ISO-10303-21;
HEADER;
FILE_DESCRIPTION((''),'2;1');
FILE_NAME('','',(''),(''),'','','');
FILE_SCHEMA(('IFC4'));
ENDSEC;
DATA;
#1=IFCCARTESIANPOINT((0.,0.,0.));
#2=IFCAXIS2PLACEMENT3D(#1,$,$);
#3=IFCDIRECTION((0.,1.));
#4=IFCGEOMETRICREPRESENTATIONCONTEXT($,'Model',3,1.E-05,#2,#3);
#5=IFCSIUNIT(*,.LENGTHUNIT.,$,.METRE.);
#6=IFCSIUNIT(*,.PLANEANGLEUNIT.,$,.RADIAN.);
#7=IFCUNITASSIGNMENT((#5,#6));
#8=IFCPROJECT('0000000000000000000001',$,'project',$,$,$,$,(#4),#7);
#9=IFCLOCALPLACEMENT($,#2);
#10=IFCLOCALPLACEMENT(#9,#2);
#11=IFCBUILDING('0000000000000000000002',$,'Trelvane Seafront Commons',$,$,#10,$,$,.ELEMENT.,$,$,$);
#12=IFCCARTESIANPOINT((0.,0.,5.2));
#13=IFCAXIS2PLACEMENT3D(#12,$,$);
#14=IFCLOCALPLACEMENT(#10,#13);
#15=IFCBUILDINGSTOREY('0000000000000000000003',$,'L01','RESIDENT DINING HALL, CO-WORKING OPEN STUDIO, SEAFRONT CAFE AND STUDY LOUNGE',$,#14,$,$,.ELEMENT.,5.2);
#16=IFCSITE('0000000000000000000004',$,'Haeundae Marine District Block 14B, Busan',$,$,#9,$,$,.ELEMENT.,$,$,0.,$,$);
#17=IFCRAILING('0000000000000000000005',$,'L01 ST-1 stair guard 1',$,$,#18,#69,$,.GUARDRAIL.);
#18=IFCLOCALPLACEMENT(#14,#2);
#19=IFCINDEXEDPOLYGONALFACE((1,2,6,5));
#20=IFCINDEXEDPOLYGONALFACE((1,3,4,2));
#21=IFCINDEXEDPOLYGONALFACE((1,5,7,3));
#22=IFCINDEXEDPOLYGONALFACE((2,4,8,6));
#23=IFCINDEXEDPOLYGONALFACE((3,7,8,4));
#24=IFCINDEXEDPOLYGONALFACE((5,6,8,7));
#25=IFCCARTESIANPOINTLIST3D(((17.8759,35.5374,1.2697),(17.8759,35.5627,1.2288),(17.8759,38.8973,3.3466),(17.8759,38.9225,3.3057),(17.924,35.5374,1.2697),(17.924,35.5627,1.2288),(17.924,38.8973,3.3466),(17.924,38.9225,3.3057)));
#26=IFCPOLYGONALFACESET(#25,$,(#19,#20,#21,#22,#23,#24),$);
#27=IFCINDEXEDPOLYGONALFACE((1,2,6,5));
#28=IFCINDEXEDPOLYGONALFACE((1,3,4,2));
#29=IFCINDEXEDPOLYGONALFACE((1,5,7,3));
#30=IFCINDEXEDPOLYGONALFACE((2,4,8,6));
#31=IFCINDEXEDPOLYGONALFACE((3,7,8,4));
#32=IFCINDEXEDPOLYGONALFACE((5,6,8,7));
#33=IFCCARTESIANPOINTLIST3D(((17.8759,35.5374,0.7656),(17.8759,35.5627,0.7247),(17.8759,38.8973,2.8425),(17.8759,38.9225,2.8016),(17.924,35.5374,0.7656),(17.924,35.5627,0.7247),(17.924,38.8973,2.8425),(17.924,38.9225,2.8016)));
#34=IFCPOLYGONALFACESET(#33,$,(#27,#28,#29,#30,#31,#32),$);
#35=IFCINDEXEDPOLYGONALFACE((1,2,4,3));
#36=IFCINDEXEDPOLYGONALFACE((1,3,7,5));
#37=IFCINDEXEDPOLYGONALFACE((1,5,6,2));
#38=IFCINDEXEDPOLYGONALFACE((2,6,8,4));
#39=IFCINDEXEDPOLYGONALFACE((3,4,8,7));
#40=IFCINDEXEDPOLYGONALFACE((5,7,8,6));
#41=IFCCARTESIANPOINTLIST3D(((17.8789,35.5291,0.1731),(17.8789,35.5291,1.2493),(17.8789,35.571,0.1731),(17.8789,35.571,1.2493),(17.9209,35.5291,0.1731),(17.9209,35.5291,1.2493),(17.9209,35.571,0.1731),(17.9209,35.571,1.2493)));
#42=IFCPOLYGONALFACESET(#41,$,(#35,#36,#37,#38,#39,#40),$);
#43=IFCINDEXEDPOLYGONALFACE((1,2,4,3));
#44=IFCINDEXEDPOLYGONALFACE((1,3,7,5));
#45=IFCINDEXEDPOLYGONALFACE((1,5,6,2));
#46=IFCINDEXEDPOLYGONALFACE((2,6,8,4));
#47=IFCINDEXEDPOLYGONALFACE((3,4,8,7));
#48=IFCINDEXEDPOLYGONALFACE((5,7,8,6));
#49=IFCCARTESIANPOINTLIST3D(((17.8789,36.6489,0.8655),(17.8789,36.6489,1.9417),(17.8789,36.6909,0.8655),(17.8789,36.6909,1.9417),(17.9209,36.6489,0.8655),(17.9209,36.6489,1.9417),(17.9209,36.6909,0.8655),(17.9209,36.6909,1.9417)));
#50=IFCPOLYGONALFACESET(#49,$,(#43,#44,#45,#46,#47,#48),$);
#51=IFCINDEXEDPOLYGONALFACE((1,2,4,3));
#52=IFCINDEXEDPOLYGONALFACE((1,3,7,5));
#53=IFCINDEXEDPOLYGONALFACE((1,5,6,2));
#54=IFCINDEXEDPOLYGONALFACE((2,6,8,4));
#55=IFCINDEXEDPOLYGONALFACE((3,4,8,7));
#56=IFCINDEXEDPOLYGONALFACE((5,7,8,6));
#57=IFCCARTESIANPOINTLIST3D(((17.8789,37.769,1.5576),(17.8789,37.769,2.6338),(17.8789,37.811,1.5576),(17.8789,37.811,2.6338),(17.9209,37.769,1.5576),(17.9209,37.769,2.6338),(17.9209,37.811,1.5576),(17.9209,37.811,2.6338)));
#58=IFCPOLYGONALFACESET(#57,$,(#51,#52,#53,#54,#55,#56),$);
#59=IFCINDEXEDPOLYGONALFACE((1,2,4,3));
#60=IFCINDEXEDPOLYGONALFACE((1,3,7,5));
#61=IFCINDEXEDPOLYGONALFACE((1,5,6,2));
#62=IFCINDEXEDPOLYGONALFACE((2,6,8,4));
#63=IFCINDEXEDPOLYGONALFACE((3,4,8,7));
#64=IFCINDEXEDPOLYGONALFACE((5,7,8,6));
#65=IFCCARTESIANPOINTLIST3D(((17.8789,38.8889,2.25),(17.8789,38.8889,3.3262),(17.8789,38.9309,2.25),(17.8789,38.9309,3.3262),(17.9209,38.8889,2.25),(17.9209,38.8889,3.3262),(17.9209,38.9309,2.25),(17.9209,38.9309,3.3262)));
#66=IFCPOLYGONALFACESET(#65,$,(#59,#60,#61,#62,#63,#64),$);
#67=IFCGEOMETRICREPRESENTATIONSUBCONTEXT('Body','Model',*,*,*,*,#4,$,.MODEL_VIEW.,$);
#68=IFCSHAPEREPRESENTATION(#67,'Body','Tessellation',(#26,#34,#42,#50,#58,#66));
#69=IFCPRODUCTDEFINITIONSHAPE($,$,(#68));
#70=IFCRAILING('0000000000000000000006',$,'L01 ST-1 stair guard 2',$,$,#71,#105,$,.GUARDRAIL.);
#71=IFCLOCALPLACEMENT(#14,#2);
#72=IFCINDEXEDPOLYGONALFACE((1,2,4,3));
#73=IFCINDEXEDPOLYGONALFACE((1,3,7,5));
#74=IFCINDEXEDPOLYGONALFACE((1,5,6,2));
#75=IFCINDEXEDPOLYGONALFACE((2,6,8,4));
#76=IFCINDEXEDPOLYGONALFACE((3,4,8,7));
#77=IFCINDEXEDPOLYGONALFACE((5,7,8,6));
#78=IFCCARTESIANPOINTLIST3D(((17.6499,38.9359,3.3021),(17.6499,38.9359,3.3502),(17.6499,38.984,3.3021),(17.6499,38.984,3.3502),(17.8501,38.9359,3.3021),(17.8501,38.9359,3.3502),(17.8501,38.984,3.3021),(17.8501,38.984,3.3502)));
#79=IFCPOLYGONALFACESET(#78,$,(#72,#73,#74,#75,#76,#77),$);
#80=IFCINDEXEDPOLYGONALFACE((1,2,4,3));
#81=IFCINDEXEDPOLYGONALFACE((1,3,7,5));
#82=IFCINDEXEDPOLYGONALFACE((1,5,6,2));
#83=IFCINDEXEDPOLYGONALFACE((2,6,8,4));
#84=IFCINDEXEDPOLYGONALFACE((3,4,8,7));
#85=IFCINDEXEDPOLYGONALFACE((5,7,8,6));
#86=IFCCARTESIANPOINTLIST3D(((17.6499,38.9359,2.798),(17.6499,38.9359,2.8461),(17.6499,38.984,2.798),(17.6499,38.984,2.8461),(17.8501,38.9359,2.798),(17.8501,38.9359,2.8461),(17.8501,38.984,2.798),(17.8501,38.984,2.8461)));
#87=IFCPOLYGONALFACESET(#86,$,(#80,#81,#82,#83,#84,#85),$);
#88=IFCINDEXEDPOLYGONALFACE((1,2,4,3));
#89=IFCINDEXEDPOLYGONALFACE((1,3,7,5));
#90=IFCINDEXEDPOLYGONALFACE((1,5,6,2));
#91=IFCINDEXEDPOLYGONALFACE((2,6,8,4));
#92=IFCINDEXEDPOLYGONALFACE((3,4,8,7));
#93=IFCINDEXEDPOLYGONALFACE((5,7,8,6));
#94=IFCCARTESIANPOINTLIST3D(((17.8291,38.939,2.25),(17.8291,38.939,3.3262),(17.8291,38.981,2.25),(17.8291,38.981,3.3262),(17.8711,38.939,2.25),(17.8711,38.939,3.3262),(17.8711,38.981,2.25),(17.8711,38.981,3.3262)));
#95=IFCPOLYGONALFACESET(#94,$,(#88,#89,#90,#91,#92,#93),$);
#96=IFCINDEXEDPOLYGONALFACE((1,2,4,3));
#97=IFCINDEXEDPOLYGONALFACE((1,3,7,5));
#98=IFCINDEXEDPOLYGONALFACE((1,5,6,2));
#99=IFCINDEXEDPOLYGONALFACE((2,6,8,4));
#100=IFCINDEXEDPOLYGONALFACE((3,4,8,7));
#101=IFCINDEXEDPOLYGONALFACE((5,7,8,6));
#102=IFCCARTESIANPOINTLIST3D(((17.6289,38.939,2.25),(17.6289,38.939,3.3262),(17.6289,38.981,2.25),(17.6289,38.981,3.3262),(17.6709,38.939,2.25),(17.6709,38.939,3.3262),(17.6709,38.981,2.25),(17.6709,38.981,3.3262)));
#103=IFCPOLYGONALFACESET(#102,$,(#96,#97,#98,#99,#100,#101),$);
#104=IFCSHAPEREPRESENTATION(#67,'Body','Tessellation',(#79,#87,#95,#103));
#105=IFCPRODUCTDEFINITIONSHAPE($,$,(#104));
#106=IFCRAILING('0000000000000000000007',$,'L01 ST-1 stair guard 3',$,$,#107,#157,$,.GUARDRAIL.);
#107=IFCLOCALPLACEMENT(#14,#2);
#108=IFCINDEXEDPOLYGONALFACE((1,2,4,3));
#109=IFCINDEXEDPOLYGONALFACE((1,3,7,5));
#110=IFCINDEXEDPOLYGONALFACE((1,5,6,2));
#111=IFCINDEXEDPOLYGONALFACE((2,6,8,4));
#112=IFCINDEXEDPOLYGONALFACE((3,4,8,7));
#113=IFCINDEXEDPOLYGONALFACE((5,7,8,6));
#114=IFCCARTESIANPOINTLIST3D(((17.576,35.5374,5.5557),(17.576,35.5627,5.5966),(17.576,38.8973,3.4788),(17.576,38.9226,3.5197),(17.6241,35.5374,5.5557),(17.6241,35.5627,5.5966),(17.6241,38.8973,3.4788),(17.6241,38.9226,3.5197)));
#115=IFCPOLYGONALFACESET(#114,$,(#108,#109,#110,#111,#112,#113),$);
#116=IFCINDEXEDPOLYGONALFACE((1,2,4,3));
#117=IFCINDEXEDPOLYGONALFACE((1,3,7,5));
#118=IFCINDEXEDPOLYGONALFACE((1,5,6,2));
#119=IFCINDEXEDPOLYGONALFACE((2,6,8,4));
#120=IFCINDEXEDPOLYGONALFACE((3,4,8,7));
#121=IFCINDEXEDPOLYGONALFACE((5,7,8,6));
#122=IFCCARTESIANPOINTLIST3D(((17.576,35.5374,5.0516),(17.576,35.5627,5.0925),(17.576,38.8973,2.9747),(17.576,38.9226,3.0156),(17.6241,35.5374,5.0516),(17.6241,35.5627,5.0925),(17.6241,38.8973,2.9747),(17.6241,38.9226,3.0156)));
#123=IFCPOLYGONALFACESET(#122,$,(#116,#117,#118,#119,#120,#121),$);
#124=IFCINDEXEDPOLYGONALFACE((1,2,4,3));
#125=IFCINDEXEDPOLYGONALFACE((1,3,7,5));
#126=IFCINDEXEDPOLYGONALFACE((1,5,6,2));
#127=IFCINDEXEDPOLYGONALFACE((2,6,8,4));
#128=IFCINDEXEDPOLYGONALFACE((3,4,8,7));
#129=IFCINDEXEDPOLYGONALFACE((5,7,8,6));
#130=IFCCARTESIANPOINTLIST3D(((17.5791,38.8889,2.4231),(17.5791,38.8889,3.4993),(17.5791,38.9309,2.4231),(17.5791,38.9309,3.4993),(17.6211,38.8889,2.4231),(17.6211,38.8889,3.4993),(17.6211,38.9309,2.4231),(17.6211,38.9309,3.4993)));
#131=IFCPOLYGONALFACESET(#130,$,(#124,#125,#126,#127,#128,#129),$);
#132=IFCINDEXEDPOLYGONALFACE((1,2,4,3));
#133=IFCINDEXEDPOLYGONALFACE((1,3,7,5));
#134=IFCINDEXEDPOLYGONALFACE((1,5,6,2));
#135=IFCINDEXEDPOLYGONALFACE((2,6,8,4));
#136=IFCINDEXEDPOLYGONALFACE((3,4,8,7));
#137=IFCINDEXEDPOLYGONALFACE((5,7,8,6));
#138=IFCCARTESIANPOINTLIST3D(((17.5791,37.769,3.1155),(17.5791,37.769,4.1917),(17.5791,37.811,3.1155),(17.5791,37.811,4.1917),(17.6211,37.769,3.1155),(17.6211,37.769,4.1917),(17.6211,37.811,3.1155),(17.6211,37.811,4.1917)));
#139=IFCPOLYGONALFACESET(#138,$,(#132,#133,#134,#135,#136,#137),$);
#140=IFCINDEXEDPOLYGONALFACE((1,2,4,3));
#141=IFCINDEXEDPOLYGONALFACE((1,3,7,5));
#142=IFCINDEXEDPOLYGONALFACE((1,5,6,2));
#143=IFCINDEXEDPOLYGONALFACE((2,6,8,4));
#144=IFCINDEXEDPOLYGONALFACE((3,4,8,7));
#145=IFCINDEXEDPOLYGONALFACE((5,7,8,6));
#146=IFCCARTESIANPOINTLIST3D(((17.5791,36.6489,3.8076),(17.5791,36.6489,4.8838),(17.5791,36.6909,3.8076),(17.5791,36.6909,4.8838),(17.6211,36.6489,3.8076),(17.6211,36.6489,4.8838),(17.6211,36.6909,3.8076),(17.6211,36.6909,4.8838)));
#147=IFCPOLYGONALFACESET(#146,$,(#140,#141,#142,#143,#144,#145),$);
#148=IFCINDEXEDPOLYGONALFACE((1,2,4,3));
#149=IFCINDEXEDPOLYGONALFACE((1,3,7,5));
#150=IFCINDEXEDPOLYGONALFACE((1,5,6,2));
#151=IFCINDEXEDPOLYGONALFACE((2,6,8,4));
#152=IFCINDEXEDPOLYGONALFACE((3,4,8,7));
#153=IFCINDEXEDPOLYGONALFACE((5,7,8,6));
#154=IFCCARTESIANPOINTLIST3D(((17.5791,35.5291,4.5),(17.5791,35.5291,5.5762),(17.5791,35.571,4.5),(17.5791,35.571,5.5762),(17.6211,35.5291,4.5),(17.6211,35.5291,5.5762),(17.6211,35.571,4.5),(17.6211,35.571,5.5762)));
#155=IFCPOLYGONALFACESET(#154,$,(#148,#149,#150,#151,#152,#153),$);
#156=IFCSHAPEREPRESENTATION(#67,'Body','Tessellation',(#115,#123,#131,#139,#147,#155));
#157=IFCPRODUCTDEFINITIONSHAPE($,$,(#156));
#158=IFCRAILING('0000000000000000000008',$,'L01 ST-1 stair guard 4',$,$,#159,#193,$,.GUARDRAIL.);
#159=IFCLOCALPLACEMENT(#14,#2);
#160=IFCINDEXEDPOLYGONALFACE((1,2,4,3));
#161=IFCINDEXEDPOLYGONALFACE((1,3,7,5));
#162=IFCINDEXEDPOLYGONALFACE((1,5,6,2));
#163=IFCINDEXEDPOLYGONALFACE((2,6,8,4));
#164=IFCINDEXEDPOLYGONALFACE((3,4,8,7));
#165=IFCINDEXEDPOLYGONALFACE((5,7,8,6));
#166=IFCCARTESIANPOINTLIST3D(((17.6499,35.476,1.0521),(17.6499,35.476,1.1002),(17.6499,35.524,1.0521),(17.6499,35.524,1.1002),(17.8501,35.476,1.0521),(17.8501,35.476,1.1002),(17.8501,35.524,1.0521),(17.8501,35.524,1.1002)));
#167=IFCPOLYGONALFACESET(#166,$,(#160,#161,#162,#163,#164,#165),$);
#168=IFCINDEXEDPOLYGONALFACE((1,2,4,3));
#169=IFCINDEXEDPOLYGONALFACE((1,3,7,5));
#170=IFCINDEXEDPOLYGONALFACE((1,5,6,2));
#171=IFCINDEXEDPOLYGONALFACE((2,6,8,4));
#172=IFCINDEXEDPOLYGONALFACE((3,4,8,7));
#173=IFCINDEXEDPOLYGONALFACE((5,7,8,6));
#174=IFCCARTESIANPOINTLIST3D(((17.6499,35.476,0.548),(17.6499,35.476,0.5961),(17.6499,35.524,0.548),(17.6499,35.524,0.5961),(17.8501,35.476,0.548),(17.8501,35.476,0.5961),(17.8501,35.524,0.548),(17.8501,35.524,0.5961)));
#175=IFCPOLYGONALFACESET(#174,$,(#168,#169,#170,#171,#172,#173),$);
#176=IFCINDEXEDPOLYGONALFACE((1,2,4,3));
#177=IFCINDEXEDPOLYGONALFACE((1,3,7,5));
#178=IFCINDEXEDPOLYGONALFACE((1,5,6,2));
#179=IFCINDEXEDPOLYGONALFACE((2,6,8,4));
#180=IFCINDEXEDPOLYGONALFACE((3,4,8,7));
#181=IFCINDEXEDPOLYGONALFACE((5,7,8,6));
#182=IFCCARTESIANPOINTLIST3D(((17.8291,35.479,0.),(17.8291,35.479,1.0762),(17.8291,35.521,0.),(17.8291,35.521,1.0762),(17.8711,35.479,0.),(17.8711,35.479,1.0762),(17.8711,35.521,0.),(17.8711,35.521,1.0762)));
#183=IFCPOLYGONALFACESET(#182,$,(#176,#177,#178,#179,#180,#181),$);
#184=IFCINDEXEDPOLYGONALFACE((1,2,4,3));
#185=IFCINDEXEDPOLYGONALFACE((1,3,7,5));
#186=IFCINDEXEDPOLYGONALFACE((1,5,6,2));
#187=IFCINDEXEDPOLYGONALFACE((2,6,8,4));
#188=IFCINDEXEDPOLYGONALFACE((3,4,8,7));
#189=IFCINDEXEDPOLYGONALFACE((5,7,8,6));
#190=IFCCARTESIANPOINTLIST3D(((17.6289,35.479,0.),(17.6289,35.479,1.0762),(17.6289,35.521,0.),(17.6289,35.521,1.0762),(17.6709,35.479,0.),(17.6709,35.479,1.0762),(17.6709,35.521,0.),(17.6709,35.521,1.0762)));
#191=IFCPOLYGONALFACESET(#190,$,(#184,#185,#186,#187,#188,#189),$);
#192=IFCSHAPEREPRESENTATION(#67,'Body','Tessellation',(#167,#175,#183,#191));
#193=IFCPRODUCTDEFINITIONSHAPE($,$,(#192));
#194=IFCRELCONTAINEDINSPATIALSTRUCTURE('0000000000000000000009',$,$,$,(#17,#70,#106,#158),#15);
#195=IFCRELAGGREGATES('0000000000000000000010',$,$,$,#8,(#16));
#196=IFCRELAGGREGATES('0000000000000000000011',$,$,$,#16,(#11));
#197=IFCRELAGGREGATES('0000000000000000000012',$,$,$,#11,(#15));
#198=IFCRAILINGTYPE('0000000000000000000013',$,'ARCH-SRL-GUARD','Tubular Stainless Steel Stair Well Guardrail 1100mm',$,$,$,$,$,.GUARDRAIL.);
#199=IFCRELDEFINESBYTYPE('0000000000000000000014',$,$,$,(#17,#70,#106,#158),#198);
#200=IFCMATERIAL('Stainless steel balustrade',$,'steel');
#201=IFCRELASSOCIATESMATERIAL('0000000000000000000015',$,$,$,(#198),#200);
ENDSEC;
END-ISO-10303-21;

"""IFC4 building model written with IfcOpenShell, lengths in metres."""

from ifc_helpers import new_model, si_unit, direction, frame, origin, origin_2d, place, context, subcontext, project, spatial, rectangle, extrude, material, type_object, element, save


model = new_model("IFC4")

# Units and contexts
model_context = context("Model", 3, precision=1e-05, world=origin(), true_north=direction((0.0, 1.0)))
body_context = subcontext(model_context, "Body", "Model", "MODEL_VIEW")
ifc_project = project(units=[si_unit("LENGTHUNIT", "METRE"), si_unit("PLANEANGLEUNIT", "RADIAN")], contexts=[model_context])

# Site, building, storey
site_placement = place(None, origin())
site = spatial("IfcSite", under=ifc_project, at=site_placement, Name="Haeundae Marine District Block 14B, Busan", CompositionType="ELEMENT", RefElevation=0.0)
building_placement = place(site_placement, origin())
building = spatial("IfcBuilding", under=site, at=building_placement, Name="Trelvane Seafront Commons", CompositionType="ELEMENT")
storey_placement = place(building_placement, frame((0.0, 0.0, 5.2)))
storey = spatial("IfcBuildingStorey", under=building, at=storey_placement, Name="L01", Description="RESIDENT DINING HALL, CO-WORKING OPEN STUDIO, SEAFRONT CAFE AND STUDY LOUNGE", CompositionType="ELEMENT", Elevation=5.2)

# Railings
ifc_material_1 = material(Name="Stainless steel balustrade", Category="steel")
railing_type_1 = type_object("IfcRailingType", Name="ARCH-SRL-GUARD", Description="Tubular Stainless Steel Stair Well Guardrail 1100mm", PredefinedType="GUARDRAIL", material=ifc_material_1)
railing_1_placement = place(storey_placement, frame((17.8999, 35.55, 0.1731)))
element("IfcRailing", 1, at=railing_1_placement, inside=storey, type_object=railing_type_1, Name="L01 ST-1 stair guard 1", PredefinedType="GUARDRAIL", context=body_context, shape_type="SweptSolid", body=[
    extrude(rectangle(XDim=0.0481, YDim=0.0481, at=origin_2d()), frame((0.0, 0.0, 1.0762), z_axis=(0.0, 0.850606, 0.525803), x_axis=(-1.0, 0.0, 0.0)), (0.0, 0.0, 1.0), 3.95),
    extrude(rectangle(XDim=0.0481, YDim=0.0481, at=origin_2d()), frame((0.0, 0.0, 0.572), z_axis=(0.0, 0.850606, 0.525803), x_axis=(-1.0, 0.0, 0.0)), (0.0, 0.0, 1.0), 3.95),
    extrude(rectangle(XDim=0.042, YDim=0.042, at=origin_2d()), origin(), (0.0, 0.0, 1.0), 1.0762),
    extrude(rectangle(XDim=0.042, YDim=0.042, at=origin_2d()), frame((0.0, 1.1199, 0.6924)), (0.0, 0.0, 1.0), 1.0762),
    extrude(rectangle(XDim=0.042, YDim=0.042, at=origin_2d()), frame((0.0, 2.24, 1.3845)), (0.0, 0.0, 1.0), 1.0762),
    extrude(rectangle(XDim=0.042, YDim=0.042, at=origin_2d()), frame((0.0, 3.3599, 2.0769)), (0.0, 0.0, 1.0), 1.0762),
])
railing_2_placement = place(storey_placement, frame((17.8501, 38.96, 2.25)))
element("IfcRailing", 2, at=railing_2_placement, inside=storey, type_object=railing_type_1, Name="L01 ST-1 stair guard 2", PredefinedType="GUARDRAIL", context=body_context, shape_type="SweptSolid", body=[
    extrude(rectangle(XDim=0.0481, YDim=0.0481, at=origin_2d()), frame((0.0, 0.0, 1.0762), z_axis=(-1.0, 0.0, 0.0), x_axis=(0.0, -1.0, 0.0)), (0.0, 0.0, 1.0), 0.2002),
    extrude(rectangle(XDim=0.0481, YDim=0.0481, at=origin_2d()), frame((0.0, 0.0, 0.572), z_axis=(-1.0, 0.0, 0.0), x_axis=(0.0, -1.0, 0.0)), (0.0, 0.0, 1.0), 0.2002),
    extrude(rectangle(XDim=0.042, YDim=0.042, at=origin_2d()), origin(), (0.0, 0.0, 1.0), 1.0762),
    extrude(rectangle(XDim=0.042, YDim=0.042, at=origin_2d()), frame((-0.2002, 0.0, 0.0)), (0.0, 0.0, 1.0), 1.0762),
])
railing_3_placement = place(storey_placement, frame((17.6001, 38.9099, 2.4231)))
element("IfcRailing", 3, at=railing_3_placement, inside=storey, type_object=railing_type_1, Name="L01 ST-1 stair guard 3", PredefinedType="GUARDRAIL", context=body_context, shape_type="SweptSolid", body=[
    extrude(rectangle(XDim=0.0481, YDim=0.0481, at=origin_2d()), frame((0.0, 0.0, 1.0762), z_axis=(0.0, -0.850606, 0.525803), x_axis=(1.0, 0.0, 0.0)), (0.0, 0.0, 1.0), 3.95),
    extrude(rectangle(XDim=0.0481, YDim=0.0481, at=origin_2d()), frame((0.0, 0.0, 0.572), z_axis=(0.0, -0.850606, 0.525803), x_axis=(1.0, 0.0, 0.0)), (0.0, 0.0, 1.0), 3.95),
    extrude(rectangle(XDim=0.042, YDim=0.042, at=origin_2d()), origin(), (0.0, 0.0, 1.0), 1.0762),
    extrude(rectangle(XDim=0.042, YDim=0.042, at=origin_2d()), frame((0.0, -1.1199, 0.6924)), (0.0, 0.0, 1.0), 1.0762),
    extrude(rectangle(XDim=0.042, YDim=0.042, at=origin_2d()), frame((0.0, -2.24, 1.3845)), (0.0, 0.0, 1.0), 1.0762),
    extrude(rectangle(XDim=0.042, YDim=0.042, at=origin_2d()), frame((0.0, -3.3599, 2.0769)), (0.0, 0.0, 1.0), 1.0762),
])
railing_4_placement = place(storey_placement, frame((17.8501, 35.5, 0.0)))
element("IfcRailing", 4, at=railing_4_placement, inside=storey, type_object=railing_type_1, Name="L01 ST-1 stair guard 4", PredefinedType="GUARDRAIL", context=body_context, shape_type="SweptSolid", body=[
    extrude(rectangle(XDim=0.0481, YDim=0.0481, at=origin_2d()), frame((0.0, 0.0, 1.0762), z_axis=(-1.0, 0.0, 0.0), x_axis=(0.0, -1.0, 0.0)), (0.0, 0.0, 1.0), 0.2002),
    extrude(rectangle(XDim=0.0481, YDim=0.0481, at=origin_2d()), frame((0.0, 0.0, 0.572), z_axis=(-1.0, 0.0, 0.0), x_axis=(0.0, -1.0, 0.0)), (0.0, 0.0, 1.0), 0.2002),
    extrude(rectangle(XDim=0.042, YDim=0.042, at=origin_2d()), origin(), (0.0, 0.0, 1.0), 1.0762),
    extrude(rectangle(XDim=0.042, YDim=0.042, at=origin_2d()), frame((-0.2002, 0.0, 0.0)), (0.0, 0.0, 1.0), 1.0762),
])

save(model, "model.ifc")
